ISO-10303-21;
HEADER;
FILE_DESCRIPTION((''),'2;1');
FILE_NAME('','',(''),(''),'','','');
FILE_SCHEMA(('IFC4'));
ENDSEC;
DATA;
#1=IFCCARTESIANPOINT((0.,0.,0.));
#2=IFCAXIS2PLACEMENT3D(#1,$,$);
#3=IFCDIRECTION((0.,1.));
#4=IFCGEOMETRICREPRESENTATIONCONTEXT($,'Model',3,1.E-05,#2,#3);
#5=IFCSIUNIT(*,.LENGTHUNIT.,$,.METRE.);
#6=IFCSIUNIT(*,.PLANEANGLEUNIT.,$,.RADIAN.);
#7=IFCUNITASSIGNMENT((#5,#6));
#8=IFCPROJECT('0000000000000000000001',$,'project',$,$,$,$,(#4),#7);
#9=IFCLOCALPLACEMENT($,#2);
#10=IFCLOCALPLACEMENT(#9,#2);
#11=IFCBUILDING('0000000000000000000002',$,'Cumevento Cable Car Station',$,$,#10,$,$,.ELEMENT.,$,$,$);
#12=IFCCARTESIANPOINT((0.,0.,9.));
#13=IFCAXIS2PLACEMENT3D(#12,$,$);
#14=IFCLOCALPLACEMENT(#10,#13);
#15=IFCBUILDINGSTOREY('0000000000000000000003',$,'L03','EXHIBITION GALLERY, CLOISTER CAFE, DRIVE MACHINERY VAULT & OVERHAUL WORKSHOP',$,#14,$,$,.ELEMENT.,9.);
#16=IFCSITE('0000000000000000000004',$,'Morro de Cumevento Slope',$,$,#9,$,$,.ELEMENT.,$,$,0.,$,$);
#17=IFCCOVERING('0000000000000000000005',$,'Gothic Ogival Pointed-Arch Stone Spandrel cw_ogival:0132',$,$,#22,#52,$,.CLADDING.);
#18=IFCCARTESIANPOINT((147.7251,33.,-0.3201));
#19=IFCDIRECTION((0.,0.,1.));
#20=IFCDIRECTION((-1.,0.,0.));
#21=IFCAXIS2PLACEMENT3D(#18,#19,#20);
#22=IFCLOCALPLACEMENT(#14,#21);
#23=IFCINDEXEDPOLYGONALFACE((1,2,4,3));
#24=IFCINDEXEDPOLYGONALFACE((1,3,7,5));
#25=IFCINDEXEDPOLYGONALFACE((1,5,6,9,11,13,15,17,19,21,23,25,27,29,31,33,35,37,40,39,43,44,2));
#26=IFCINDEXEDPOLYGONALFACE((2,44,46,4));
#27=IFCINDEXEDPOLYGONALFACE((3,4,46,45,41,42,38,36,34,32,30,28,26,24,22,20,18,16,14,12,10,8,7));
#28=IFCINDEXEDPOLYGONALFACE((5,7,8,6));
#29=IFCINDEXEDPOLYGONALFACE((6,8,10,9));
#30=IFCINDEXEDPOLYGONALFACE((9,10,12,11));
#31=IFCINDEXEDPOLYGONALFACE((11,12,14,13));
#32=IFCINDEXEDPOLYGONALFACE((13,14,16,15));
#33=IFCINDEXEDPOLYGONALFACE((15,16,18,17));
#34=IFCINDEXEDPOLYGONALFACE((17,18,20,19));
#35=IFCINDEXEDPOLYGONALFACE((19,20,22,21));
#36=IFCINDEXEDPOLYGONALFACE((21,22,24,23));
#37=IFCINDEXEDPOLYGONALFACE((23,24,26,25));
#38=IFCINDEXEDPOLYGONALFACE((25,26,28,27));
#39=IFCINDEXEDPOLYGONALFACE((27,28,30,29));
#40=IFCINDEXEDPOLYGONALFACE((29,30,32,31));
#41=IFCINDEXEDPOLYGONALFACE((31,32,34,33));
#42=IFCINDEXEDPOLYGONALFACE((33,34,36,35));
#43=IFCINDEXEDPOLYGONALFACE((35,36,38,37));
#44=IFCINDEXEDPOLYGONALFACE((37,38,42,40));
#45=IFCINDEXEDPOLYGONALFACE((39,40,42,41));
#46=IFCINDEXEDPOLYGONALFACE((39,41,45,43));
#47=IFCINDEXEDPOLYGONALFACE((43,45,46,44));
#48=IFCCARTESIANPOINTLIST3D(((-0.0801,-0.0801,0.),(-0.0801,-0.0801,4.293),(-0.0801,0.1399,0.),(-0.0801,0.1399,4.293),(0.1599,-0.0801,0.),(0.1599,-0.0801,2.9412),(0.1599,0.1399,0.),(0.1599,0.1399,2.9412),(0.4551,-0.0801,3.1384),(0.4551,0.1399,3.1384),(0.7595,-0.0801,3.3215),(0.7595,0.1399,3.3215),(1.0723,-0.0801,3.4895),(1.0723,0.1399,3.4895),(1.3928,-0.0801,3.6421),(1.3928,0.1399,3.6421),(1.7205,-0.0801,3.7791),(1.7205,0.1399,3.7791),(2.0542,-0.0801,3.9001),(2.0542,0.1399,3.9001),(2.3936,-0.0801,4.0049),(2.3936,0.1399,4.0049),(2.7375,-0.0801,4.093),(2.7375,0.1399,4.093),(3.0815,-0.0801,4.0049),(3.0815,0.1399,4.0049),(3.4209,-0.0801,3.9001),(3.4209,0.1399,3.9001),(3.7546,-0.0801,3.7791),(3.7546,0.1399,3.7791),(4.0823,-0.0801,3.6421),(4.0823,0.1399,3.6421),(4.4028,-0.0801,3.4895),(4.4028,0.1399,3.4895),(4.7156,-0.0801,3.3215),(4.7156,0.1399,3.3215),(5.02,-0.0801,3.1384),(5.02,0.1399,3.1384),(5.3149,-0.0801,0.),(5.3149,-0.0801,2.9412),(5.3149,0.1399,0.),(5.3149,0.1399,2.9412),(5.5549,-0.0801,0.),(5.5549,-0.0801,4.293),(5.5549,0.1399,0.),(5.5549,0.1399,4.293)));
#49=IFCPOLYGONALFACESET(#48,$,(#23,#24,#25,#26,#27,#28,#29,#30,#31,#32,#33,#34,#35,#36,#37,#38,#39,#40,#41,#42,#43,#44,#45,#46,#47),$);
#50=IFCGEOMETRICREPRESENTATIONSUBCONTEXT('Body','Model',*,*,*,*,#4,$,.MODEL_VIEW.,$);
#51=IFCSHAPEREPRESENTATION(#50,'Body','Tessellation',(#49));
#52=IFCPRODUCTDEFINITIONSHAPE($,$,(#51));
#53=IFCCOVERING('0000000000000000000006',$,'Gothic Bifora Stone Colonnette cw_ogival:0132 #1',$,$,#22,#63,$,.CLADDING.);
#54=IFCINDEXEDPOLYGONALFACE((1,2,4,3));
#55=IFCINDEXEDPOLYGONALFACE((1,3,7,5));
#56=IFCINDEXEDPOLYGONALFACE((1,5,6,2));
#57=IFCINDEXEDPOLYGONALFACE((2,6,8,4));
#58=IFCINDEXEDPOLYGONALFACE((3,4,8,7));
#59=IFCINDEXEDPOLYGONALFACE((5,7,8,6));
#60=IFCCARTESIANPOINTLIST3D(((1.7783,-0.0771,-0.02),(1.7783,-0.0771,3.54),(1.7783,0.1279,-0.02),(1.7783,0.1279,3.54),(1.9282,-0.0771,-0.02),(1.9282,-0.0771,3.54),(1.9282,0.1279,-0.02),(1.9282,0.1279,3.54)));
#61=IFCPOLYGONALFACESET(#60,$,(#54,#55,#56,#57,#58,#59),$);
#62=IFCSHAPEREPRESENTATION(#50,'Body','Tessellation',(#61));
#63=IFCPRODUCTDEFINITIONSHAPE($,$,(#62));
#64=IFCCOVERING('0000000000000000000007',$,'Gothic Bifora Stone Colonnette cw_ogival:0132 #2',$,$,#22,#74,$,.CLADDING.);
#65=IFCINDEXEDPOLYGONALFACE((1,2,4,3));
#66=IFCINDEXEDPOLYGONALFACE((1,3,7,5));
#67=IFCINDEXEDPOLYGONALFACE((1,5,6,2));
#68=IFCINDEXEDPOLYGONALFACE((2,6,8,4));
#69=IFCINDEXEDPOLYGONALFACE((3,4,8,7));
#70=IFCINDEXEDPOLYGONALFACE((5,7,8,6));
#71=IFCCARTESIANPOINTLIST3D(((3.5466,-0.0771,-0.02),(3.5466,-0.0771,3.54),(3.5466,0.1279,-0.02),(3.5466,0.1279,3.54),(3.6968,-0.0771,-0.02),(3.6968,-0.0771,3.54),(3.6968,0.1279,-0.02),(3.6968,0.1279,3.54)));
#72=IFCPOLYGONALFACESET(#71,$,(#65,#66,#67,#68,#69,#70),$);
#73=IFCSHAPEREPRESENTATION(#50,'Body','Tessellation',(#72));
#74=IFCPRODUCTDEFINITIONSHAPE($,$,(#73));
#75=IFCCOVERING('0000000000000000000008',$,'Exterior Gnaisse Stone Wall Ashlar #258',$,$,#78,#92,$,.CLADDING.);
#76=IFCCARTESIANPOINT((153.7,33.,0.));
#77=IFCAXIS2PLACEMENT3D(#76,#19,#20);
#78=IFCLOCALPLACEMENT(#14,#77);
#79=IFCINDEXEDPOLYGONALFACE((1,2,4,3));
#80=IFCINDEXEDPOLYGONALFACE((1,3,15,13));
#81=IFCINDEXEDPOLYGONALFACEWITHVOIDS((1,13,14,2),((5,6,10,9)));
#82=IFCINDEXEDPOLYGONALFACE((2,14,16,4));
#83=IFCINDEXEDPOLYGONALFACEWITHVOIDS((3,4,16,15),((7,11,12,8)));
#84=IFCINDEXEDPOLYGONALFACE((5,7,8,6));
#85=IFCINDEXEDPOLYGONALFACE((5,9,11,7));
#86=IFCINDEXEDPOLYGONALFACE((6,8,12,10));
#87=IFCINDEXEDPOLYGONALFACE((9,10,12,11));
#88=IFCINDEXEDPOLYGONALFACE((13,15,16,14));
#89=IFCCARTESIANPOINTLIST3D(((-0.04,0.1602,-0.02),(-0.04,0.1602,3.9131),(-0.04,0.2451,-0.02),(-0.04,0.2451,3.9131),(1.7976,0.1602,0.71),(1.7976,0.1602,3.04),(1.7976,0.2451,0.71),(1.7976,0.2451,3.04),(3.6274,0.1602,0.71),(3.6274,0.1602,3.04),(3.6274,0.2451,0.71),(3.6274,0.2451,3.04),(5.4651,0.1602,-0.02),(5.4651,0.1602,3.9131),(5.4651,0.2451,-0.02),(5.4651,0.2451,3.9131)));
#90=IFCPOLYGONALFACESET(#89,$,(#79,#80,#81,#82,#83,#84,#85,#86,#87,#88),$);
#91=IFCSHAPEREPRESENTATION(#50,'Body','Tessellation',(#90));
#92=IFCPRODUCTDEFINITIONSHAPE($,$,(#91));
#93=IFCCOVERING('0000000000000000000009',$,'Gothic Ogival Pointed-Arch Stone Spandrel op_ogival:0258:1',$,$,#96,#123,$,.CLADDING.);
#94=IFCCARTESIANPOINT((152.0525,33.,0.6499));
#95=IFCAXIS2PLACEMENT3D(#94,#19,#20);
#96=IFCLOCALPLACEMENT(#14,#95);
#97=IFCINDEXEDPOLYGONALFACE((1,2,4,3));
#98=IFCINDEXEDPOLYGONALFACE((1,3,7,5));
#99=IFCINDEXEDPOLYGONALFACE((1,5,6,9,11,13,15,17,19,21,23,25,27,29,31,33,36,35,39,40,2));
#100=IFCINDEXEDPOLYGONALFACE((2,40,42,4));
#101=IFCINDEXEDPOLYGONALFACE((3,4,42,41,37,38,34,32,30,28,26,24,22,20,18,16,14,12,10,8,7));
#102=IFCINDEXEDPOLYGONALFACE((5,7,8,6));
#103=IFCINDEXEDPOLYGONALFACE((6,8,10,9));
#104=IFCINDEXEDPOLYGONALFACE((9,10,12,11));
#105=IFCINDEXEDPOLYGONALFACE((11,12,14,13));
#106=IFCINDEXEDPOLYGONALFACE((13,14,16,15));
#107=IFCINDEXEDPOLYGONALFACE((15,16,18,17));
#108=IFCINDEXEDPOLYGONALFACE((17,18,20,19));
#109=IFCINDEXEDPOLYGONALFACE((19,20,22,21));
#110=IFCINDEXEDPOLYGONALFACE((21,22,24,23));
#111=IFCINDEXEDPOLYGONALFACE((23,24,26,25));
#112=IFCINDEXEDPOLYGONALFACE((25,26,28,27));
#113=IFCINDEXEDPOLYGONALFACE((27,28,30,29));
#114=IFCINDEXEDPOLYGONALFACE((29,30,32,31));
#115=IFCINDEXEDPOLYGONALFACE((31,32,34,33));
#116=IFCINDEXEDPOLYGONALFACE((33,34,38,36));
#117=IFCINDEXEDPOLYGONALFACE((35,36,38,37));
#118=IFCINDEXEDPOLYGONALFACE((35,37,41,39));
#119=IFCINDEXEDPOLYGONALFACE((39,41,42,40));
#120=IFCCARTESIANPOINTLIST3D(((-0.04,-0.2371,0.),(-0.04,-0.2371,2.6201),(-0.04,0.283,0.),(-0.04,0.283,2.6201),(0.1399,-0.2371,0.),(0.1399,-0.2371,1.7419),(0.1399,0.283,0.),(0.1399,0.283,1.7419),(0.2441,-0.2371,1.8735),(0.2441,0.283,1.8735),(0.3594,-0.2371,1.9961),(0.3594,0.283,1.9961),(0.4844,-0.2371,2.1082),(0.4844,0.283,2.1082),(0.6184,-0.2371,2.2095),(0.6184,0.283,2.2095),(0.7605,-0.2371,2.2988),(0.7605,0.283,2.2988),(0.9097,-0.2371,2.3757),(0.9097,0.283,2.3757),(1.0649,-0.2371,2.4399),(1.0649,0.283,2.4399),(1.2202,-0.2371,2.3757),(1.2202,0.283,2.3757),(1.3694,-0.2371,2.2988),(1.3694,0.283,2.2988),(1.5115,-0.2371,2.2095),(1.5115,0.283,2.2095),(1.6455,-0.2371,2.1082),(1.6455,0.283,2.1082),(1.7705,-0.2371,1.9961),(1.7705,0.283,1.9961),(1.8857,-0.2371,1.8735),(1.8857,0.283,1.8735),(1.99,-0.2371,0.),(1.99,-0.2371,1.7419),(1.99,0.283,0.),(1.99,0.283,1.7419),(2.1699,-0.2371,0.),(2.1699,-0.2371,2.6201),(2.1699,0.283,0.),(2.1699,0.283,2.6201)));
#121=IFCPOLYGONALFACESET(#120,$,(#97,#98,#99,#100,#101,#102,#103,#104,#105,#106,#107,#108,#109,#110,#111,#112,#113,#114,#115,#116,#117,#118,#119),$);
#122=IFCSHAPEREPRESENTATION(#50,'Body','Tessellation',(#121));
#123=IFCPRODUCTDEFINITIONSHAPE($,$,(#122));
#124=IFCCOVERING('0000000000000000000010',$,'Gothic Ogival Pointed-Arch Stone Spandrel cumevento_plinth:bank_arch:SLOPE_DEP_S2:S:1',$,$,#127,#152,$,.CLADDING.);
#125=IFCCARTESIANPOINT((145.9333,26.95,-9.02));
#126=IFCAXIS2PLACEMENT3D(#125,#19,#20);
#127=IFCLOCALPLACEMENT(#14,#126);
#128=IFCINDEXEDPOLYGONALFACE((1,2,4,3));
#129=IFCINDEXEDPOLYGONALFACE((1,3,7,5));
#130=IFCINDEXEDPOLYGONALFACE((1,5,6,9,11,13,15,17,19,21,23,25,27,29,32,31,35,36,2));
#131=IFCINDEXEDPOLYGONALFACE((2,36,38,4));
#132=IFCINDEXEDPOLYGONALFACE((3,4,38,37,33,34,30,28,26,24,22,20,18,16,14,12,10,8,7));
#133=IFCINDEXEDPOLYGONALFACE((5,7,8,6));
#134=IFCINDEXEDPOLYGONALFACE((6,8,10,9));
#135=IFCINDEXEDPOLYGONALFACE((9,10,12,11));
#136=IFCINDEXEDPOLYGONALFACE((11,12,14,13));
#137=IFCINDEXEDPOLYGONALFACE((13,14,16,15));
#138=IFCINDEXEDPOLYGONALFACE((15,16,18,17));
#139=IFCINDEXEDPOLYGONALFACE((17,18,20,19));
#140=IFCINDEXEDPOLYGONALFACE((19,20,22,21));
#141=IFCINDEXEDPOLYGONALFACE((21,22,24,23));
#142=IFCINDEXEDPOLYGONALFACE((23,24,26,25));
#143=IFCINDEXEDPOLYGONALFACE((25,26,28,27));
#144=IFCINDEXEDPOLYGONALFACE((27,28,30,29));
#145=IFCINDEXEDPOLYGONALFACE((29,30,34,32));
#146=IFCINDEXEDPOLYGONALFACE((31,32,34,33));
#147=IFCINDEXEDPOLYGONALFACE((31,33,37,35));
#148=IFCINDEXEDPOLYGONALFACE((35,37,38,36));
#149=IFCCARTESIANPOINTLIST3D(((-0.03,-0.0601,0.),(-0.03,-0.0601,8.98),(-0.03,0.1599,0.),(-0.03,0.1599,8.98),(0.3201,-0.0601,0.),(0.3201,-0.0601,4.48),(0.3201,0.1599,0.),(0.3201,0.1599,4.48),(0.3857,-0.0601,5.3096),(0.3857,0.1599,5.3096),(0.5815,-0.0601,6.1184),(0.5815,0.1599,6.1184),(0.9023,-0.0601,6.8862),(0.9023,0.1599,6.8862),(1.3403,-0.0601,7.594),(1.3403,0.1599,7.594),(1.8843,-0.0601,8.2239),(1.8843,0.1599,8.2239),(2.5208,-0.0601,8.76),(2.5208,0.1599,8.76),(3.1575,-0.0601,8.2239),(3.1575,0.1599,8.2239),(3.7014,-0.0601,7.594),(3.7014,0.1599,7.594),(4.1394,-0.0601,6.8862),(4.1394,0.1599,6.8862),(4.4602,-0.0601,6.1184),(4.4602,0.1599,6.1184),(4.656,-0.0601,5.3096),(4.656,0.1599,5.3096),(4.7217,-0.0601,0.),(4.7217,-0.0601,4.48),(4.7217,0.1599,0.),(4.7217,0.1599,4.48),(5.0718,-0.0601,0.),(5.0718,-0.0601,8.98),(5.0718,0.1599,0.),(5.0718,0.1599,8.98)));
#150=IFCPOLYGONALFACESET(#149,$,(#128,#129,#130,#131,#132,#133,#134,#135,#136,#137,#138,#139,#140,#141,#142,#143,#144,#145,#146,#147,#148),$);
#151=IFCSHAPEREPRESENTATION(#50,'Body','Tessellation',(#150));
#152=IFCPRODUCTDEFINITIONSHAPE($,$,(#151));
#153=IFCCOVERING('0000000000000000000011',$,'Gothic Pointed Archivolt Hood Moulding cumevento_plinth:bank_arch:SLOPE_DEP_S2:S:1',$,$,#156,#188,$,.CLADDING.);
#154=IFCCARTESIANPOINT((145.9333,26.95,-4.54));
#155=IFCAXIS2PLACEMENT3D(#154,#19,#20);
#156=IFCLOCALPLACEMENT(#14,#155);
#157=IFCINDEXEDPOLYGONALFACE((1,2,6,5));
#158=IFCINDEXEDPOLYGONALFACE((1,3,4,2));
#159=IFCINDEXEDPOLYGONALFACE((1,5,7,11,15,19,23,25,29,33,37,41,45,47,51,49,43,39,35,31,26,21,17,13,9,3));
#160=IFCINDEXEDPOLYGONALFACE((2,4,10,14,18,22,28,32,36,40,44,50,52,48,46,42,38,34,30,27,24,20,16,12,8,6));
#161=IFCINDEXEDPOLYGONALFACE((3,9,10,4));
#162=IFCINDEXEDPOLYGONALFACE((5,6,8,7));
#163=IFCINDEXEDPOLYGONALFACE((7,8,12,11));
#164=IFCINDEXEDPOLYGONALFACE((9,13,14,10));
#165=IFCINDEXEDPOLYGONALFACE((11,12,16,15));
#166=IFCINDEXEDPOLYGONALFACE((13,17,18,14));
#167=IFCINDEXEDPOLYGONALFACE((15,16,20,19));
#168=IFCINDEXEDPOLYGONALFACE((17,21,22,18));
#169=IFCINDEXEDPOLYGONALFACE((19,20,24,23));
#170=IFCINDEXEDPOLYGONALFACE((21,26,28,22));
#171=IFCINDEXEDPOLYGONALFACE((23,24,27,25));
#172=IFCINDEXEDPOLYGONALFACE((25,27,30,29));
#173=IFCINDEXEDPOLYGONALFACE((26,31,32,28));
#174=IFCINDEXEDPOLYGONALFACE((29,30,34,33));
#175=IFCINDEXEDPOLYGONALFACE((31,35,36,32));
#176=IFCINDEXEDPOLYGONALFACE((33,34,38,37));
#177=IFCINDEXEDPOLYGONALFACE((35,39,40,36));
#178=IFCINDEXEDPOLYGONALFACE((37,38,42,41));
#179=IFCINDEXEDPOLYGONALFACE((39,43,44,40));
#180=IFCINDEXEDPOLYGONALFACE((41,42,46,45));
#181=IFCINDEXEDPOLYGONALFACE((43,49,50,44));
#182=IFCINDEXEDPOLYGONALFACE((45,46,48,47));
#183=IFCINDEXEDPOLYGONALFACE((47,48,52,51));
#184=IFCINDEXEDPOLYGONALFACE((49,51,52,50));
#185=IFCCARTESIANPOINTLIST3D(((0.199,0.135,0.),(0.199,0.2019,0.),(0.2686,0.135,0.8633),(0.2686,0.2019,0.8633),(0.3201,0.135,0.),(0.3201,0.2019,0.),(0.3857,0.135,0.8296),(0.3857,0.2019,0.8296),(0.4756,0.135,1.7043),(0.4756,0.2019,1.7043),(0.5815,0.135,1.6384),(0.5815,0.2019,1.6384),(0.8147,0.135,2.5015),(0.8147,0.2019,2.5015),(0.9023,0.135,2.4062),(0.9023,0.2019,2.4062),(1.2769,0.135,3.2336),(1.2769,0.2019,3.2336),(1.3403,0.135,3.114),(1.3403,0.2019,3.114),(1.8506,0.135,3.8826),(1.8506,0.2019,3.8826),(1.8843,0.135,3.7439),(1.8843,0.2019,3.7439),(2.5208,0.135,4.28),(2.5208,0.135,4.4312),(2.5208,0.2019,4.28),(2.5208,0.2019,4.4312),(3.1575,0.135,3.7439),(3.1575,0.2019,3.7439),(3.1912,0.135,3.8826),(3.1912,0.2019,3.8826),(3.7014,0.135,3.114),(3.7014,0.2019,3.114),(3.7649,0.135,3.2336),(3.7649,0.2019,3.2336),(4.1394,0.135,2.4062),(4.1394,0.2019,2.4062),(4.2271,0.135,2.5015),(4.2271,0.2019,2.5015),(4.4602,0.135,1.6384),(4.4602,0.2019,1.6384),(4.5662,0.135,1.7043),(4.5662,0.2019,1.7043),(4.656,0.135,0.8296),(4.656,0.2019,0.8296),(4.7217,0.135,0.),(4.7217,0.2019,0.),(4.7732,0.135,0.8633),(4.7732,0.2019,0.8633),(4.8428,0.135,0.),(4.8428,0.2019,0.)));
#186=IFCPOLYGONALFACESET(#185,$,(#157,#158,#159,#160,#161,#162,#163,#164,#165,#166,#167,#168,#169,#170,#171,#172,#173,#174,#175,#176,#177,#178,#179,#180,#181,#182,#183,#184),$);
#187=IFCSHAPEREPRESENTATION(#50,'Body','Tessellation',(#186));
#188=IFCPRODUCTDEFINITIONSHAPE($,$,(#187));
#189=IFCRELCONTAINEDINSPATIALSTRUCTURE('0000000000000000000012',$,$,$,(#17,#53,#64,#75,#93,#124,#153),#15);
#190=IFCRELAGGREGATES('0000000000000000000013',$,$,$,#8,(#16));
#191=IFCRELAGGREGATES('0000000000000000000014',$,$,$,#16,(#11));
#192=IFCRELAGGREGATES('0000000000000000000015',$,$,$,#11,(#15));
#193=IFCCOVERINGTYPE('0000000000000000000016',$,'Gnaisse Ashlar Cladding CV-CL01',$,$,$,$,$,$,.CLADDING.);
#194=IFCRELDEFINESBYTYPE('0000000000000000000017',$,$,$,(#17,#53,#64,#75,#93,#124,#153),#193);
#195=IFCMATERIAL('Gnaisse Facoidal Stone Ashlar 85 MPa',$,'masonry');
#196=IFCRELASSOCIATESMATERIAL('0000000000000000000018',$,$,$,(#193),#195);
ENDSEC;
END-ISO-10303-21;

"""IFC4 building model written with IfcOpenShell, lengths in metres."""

from ifc_helpers import new_model, si_unit, direction, frame, origin, place, context, subcontext, project, spatial, polyline, outline, extrude, material, type_object, element, save


model = new_model("IFC4")

# Units and contexts
model_context = context("Model", 3, precision=1e-05, world=origin(), true_north=direction((0.0, 1.0)))
body_context = subcontext(model_context, "Body", "Model", "MODEL_VIEW")
ifc_project = project(units=[si_unit("LENGTHUNIT", "METRE"), si_unit("PLANEANGLEUNIT", "RADIAN")], contexts=[model_context])

# Site, building, storey
site_placement = place(None, origin())
site = spatial("IfcSite", under=ifc_project, at=site_placement, Name="Morro de Cumevento Slope", CompositionType="ELEMENT", RefElevation=0.0)
building_placement = place(site_placement, origin())
building = spatial("IfcBuilding", under=site, at=building_placement, Name="Cumevento Cable Car Station", CompositionType="ELEMENT")
storey_placement = place(building_placement, frame((0.0, 0.0, 9.0)))
storey = spatial("IfcBuildingStorey", under=building, at=storey_placement, Name="L03", Description="EXHIBITION GALLERY, CLOISTER CAFE, DRIVE MACHINERY VAULT & OVERHAUL WORKSHOP", CompositionType="ELEMENT", Elevation=9.0)

# Coverings
ifc_material_1 = material(Name="Gnaisse Facoidal Stone Ashlar 85 MPa", Category="masonry")
covering_type = type_object("IfcCoveringType", Name="Gnaisse Ashlar Cladding CV-CL01", PredefinedType="CLADDING", material=ifc_material_1)
placement = place(storey_placement, frame((147.7251, 33.0, -0.3201), z_axis=(0.0, 0.0, 1.0), x_axis=(-1.0, 0.0, 0.0)))
element("IfcCovering", 1, at=placement, inside=storey, type_object=covering_type, Name="Gothic Ogival Pointed-Arch Stone Spandrel cw_ogival:0132", PredefinedType="CLADDING", context=body_context, shape_type="SweptSolid", body=[
    extrude(outline(polyline([(-0.0801, 0.0), (-0.0801, 4.293), (5.5549, 4.293), (5.5549, 0.0), (5.3149, 0.0), (5.3149, 2.9412), (5.02, 3.1384), (4.7156, 3.3215), (4.4028, 3.4895), (4.0823, 3.6421), (3.7546, 3.7791), (3.4209, 3.9001), (3.0815, 4.0049), (2.7375, 4.093), (2.3936, 4.0049), (2.0542, 3.9001), (1.7205, 3.7791), (1.3928, 3.6421), (1.0723, 3.4895), (0.7595, 3.3215), (0.4551, 3.1384), (0.1599, 2.9412), (0.1599, 0.0), (-0.0801, 0.0)])), frame((0.0, 0.1399, 0.0), z_axis=(0.0, -1.0, 0.0), x_axis=(1.0, 0.0, 0.0)), (0.0, 0.0, 1.0), 0.22),
])
element("IfcCovering", 2, at=placement, inside=storey, type_object=covering_type, Name="Gothic Bifora Stone Colonnette cw_ogival:0132 #1", PredefinedType="CLADDING", context=body_context, shape_type="SweptSolid", body=[
    extrude(outline(polyline([(1.7783, -0.02), (1.9282, -0.02), (1.9282, 3.54), (1.7783, 3.54), (1.7783, -0.02)])), frame((0.0, 0.1279, 0.0), z_axis=(0.0, -1.0, 0.0), x_axis=(1.0, 0.0, 0.0)), (0.0, 0.0, 1.0), 0.2051),
])
element("IfcCovering", 3, at=placement, inside=storey, type_object=covering_type, Name="Gothic Bifora Stone Colonnette cw_ogival:0132 #2", PredefinedType="CLADDING", context=body_context, shape_type="SweptSolid", body=[
    extrude(outline(polyline([(3.5466, -0.02), (3.6968, -0.02), (3.6968, 3.54), (3.5466, 3.54), (3.5466, -0.02)])), frame((0.0, 0.1279, 0.0), z_axis=(0.0, -1.0, 0.0), x_axis=(1.0, 0.0, 0.0)), (0.0, 0.0, 1.0), 0.2051),
])
covering_1_placement = place(storey_placement, frame((153.7, 33.0, 0.0), z_axis=(0.0, 0.0, 1.0), x_axis=(-1.0, 0.0, 0.0)))
element("IfcCovering", 4, at=covering_1_placement, inside=storey, type_object=covering_type, Name="Exterior Gnaisse Stone Wall Ashlar #258", PredefinedType="CLADDING", context=body_context, shape_type="SweptSolid", body=[
    extrude(outline(polyline([(-0.04, -0.02), (5.4651, -0.02), (5.4651, 3.9131), (-0.04, 3.9131), (-0.04, -0.02)]), holes=[polyline([(1.7976, 0.71), (3.6274, 0.71), (3.6274, 3.04), (1.7976, 3.04), (1.7976, 0.71)])]), frame((0.0, 0.2451, 0.0), z_axis=(0.0, -1.0, 0.0), x_axis=(1.0, 0.0, 0.0)), (0.0, 0.0, 1.0), 0.085),
])
covering_2_placement = place(storey_placement, frame((152.0525, 33.0, 0.6499), z_axis=(0.0, 0.0, 1.0), x_axis=(-1.0, 0.0, 0.0)))
element("IfcCovering", 5, at=covering_2_placement, inside=storey, type_object=covering_type, Name="Gothic Ogival Pointed-Arch Stone Spandrel op_ogival:0258:1", PredefinedType="CLADDING", context=body_context, shape_type="SweptSolid", body=[
    extrude(outline(polyline([(-0.04, 0.0), (-0.04, 2.6201), (2.1699, 2.6201), (2.1699, 0.0), (1.99, 0.0), (1.99, 1.7419), (1.8857, 1.8735), (1.7705, 1.9961), (1.6455, 2.1082), (1.5115, 2.2095), (1.3694, 2.2988), (1.2202, 2.3757), (1.0649, 2.4399), (0.9097, 2.3757), (0.7605, 2.2988), (0.6184, 2.2095), (0.4844, 2.1082), (0.3594, 1.9961), (0.2441, 1.8735), (0.1399, 1.7419), (0.1399, 0.0), (-0.04, 0.0)])), frame((0.0, 0.283, 0.0), z_axis=(0.0, -1.0, 0.0), x_axis=(1.0, 0.0, 0.0)), (0.0, 0.0, 1.0), 0.52),
])
covering_3_placement = place(storey_placement, frame((145.9333, 26.95, -9.02), z_axis=(0.0, 0.0, 1.0), x_axis=(-1.0, 0.0, 0.0)))
element("IfcCovering", 6, at=covering_3_placement, inside=storey, type_object=covering_type, Name="Gothic Ogival Pointed-Arch Stone Spandrel cumevento_plinth:bank_arch:SLOPE_DEP_S2:S:1", PredefinedType="CLADDING", context=body_context, shape_type="SweptSolid", body=[
    extrude(outline(polyline([(-0.03, 0.0), (-0.03, 8.98), (5.0718, 8.98), (5.0718, 0.0), (4.7217, 0.0), (4.7217, 4.48), (4.656, 5.3096), (4.4602, 6.1184), (4.1394, 6.8862), (3.7014, 7.594), (3.1575, 8.2239), (2.5208, 8.76), (1.8843, 8.2239), (1.3403, 7.594), (0.9023, 6.8862), (0.5815, 6.1184), (0.3857, 5.3096), (0.3201, 4.48), (0.3201, 0.0), (-0.03, 0.0)])), frame((0.0, 0.1599, 0.0), z_axis=(0.0, -1.0, 0.0), x_axis=(1.0, 0.0, 0.0)), (0.0, 0.0, 1.0), 0.22),
])
covering_4_placement = place(storey_placement, frame((145.9333, 26.95, -4.54), z_axis=(0.0, 0.0, 1.0), x_axis=(-1.0, 0.0, 0.0)))
element("IfcCovering", 7, at=covering_4_placement, inside=storey, type_object=covering_type, Name="Gothic Pointed Archivolt Hood Moulding cumevento_plinth:bank_arch:SLOPE_DEP_S2:S:1", PredefinedType="CLADDING", context=body_context, shape_type="SweptSolid", body=[
    extrude(outline(polyline([(0.3201, 0.0), (0.3857, 0.8296), (0.5815, 1.6384), (0.9023, 2.4062), (1.3403, 3.114), (1.8843, 3.7439), (2.5208, 4.28), (3.1575, 3.7439), (3.7014, 3.114), (4.1394, 2.4062), (4.4602, 1.6384), (4.656, 0.8296), (4.7217, 0.0), (4.8428, 0.0), (4.7732, 0.8633), (4.5662, 1.7043), (4.2271, 2.5015), (3.7649, 3.2336), (3.1912, 3.8826), (2.5208, 4.4312), (1.8506, 3.8826), (1.2769, 3.2336), (0.8147, 2.5015), (0.4756, 1.7043), (0.2686, 0.8633), (0.199, 0.0), (0.3201, 0.0)])), frame((0.0, 0.2019, 0.0), z_axis=(0.0, -1.0, 0.0), x_axis=(1.0, 0.0, 0.0)), (0.0, 0.0, 1.0), 0.0669),
])

save(model, "model.ifc")
